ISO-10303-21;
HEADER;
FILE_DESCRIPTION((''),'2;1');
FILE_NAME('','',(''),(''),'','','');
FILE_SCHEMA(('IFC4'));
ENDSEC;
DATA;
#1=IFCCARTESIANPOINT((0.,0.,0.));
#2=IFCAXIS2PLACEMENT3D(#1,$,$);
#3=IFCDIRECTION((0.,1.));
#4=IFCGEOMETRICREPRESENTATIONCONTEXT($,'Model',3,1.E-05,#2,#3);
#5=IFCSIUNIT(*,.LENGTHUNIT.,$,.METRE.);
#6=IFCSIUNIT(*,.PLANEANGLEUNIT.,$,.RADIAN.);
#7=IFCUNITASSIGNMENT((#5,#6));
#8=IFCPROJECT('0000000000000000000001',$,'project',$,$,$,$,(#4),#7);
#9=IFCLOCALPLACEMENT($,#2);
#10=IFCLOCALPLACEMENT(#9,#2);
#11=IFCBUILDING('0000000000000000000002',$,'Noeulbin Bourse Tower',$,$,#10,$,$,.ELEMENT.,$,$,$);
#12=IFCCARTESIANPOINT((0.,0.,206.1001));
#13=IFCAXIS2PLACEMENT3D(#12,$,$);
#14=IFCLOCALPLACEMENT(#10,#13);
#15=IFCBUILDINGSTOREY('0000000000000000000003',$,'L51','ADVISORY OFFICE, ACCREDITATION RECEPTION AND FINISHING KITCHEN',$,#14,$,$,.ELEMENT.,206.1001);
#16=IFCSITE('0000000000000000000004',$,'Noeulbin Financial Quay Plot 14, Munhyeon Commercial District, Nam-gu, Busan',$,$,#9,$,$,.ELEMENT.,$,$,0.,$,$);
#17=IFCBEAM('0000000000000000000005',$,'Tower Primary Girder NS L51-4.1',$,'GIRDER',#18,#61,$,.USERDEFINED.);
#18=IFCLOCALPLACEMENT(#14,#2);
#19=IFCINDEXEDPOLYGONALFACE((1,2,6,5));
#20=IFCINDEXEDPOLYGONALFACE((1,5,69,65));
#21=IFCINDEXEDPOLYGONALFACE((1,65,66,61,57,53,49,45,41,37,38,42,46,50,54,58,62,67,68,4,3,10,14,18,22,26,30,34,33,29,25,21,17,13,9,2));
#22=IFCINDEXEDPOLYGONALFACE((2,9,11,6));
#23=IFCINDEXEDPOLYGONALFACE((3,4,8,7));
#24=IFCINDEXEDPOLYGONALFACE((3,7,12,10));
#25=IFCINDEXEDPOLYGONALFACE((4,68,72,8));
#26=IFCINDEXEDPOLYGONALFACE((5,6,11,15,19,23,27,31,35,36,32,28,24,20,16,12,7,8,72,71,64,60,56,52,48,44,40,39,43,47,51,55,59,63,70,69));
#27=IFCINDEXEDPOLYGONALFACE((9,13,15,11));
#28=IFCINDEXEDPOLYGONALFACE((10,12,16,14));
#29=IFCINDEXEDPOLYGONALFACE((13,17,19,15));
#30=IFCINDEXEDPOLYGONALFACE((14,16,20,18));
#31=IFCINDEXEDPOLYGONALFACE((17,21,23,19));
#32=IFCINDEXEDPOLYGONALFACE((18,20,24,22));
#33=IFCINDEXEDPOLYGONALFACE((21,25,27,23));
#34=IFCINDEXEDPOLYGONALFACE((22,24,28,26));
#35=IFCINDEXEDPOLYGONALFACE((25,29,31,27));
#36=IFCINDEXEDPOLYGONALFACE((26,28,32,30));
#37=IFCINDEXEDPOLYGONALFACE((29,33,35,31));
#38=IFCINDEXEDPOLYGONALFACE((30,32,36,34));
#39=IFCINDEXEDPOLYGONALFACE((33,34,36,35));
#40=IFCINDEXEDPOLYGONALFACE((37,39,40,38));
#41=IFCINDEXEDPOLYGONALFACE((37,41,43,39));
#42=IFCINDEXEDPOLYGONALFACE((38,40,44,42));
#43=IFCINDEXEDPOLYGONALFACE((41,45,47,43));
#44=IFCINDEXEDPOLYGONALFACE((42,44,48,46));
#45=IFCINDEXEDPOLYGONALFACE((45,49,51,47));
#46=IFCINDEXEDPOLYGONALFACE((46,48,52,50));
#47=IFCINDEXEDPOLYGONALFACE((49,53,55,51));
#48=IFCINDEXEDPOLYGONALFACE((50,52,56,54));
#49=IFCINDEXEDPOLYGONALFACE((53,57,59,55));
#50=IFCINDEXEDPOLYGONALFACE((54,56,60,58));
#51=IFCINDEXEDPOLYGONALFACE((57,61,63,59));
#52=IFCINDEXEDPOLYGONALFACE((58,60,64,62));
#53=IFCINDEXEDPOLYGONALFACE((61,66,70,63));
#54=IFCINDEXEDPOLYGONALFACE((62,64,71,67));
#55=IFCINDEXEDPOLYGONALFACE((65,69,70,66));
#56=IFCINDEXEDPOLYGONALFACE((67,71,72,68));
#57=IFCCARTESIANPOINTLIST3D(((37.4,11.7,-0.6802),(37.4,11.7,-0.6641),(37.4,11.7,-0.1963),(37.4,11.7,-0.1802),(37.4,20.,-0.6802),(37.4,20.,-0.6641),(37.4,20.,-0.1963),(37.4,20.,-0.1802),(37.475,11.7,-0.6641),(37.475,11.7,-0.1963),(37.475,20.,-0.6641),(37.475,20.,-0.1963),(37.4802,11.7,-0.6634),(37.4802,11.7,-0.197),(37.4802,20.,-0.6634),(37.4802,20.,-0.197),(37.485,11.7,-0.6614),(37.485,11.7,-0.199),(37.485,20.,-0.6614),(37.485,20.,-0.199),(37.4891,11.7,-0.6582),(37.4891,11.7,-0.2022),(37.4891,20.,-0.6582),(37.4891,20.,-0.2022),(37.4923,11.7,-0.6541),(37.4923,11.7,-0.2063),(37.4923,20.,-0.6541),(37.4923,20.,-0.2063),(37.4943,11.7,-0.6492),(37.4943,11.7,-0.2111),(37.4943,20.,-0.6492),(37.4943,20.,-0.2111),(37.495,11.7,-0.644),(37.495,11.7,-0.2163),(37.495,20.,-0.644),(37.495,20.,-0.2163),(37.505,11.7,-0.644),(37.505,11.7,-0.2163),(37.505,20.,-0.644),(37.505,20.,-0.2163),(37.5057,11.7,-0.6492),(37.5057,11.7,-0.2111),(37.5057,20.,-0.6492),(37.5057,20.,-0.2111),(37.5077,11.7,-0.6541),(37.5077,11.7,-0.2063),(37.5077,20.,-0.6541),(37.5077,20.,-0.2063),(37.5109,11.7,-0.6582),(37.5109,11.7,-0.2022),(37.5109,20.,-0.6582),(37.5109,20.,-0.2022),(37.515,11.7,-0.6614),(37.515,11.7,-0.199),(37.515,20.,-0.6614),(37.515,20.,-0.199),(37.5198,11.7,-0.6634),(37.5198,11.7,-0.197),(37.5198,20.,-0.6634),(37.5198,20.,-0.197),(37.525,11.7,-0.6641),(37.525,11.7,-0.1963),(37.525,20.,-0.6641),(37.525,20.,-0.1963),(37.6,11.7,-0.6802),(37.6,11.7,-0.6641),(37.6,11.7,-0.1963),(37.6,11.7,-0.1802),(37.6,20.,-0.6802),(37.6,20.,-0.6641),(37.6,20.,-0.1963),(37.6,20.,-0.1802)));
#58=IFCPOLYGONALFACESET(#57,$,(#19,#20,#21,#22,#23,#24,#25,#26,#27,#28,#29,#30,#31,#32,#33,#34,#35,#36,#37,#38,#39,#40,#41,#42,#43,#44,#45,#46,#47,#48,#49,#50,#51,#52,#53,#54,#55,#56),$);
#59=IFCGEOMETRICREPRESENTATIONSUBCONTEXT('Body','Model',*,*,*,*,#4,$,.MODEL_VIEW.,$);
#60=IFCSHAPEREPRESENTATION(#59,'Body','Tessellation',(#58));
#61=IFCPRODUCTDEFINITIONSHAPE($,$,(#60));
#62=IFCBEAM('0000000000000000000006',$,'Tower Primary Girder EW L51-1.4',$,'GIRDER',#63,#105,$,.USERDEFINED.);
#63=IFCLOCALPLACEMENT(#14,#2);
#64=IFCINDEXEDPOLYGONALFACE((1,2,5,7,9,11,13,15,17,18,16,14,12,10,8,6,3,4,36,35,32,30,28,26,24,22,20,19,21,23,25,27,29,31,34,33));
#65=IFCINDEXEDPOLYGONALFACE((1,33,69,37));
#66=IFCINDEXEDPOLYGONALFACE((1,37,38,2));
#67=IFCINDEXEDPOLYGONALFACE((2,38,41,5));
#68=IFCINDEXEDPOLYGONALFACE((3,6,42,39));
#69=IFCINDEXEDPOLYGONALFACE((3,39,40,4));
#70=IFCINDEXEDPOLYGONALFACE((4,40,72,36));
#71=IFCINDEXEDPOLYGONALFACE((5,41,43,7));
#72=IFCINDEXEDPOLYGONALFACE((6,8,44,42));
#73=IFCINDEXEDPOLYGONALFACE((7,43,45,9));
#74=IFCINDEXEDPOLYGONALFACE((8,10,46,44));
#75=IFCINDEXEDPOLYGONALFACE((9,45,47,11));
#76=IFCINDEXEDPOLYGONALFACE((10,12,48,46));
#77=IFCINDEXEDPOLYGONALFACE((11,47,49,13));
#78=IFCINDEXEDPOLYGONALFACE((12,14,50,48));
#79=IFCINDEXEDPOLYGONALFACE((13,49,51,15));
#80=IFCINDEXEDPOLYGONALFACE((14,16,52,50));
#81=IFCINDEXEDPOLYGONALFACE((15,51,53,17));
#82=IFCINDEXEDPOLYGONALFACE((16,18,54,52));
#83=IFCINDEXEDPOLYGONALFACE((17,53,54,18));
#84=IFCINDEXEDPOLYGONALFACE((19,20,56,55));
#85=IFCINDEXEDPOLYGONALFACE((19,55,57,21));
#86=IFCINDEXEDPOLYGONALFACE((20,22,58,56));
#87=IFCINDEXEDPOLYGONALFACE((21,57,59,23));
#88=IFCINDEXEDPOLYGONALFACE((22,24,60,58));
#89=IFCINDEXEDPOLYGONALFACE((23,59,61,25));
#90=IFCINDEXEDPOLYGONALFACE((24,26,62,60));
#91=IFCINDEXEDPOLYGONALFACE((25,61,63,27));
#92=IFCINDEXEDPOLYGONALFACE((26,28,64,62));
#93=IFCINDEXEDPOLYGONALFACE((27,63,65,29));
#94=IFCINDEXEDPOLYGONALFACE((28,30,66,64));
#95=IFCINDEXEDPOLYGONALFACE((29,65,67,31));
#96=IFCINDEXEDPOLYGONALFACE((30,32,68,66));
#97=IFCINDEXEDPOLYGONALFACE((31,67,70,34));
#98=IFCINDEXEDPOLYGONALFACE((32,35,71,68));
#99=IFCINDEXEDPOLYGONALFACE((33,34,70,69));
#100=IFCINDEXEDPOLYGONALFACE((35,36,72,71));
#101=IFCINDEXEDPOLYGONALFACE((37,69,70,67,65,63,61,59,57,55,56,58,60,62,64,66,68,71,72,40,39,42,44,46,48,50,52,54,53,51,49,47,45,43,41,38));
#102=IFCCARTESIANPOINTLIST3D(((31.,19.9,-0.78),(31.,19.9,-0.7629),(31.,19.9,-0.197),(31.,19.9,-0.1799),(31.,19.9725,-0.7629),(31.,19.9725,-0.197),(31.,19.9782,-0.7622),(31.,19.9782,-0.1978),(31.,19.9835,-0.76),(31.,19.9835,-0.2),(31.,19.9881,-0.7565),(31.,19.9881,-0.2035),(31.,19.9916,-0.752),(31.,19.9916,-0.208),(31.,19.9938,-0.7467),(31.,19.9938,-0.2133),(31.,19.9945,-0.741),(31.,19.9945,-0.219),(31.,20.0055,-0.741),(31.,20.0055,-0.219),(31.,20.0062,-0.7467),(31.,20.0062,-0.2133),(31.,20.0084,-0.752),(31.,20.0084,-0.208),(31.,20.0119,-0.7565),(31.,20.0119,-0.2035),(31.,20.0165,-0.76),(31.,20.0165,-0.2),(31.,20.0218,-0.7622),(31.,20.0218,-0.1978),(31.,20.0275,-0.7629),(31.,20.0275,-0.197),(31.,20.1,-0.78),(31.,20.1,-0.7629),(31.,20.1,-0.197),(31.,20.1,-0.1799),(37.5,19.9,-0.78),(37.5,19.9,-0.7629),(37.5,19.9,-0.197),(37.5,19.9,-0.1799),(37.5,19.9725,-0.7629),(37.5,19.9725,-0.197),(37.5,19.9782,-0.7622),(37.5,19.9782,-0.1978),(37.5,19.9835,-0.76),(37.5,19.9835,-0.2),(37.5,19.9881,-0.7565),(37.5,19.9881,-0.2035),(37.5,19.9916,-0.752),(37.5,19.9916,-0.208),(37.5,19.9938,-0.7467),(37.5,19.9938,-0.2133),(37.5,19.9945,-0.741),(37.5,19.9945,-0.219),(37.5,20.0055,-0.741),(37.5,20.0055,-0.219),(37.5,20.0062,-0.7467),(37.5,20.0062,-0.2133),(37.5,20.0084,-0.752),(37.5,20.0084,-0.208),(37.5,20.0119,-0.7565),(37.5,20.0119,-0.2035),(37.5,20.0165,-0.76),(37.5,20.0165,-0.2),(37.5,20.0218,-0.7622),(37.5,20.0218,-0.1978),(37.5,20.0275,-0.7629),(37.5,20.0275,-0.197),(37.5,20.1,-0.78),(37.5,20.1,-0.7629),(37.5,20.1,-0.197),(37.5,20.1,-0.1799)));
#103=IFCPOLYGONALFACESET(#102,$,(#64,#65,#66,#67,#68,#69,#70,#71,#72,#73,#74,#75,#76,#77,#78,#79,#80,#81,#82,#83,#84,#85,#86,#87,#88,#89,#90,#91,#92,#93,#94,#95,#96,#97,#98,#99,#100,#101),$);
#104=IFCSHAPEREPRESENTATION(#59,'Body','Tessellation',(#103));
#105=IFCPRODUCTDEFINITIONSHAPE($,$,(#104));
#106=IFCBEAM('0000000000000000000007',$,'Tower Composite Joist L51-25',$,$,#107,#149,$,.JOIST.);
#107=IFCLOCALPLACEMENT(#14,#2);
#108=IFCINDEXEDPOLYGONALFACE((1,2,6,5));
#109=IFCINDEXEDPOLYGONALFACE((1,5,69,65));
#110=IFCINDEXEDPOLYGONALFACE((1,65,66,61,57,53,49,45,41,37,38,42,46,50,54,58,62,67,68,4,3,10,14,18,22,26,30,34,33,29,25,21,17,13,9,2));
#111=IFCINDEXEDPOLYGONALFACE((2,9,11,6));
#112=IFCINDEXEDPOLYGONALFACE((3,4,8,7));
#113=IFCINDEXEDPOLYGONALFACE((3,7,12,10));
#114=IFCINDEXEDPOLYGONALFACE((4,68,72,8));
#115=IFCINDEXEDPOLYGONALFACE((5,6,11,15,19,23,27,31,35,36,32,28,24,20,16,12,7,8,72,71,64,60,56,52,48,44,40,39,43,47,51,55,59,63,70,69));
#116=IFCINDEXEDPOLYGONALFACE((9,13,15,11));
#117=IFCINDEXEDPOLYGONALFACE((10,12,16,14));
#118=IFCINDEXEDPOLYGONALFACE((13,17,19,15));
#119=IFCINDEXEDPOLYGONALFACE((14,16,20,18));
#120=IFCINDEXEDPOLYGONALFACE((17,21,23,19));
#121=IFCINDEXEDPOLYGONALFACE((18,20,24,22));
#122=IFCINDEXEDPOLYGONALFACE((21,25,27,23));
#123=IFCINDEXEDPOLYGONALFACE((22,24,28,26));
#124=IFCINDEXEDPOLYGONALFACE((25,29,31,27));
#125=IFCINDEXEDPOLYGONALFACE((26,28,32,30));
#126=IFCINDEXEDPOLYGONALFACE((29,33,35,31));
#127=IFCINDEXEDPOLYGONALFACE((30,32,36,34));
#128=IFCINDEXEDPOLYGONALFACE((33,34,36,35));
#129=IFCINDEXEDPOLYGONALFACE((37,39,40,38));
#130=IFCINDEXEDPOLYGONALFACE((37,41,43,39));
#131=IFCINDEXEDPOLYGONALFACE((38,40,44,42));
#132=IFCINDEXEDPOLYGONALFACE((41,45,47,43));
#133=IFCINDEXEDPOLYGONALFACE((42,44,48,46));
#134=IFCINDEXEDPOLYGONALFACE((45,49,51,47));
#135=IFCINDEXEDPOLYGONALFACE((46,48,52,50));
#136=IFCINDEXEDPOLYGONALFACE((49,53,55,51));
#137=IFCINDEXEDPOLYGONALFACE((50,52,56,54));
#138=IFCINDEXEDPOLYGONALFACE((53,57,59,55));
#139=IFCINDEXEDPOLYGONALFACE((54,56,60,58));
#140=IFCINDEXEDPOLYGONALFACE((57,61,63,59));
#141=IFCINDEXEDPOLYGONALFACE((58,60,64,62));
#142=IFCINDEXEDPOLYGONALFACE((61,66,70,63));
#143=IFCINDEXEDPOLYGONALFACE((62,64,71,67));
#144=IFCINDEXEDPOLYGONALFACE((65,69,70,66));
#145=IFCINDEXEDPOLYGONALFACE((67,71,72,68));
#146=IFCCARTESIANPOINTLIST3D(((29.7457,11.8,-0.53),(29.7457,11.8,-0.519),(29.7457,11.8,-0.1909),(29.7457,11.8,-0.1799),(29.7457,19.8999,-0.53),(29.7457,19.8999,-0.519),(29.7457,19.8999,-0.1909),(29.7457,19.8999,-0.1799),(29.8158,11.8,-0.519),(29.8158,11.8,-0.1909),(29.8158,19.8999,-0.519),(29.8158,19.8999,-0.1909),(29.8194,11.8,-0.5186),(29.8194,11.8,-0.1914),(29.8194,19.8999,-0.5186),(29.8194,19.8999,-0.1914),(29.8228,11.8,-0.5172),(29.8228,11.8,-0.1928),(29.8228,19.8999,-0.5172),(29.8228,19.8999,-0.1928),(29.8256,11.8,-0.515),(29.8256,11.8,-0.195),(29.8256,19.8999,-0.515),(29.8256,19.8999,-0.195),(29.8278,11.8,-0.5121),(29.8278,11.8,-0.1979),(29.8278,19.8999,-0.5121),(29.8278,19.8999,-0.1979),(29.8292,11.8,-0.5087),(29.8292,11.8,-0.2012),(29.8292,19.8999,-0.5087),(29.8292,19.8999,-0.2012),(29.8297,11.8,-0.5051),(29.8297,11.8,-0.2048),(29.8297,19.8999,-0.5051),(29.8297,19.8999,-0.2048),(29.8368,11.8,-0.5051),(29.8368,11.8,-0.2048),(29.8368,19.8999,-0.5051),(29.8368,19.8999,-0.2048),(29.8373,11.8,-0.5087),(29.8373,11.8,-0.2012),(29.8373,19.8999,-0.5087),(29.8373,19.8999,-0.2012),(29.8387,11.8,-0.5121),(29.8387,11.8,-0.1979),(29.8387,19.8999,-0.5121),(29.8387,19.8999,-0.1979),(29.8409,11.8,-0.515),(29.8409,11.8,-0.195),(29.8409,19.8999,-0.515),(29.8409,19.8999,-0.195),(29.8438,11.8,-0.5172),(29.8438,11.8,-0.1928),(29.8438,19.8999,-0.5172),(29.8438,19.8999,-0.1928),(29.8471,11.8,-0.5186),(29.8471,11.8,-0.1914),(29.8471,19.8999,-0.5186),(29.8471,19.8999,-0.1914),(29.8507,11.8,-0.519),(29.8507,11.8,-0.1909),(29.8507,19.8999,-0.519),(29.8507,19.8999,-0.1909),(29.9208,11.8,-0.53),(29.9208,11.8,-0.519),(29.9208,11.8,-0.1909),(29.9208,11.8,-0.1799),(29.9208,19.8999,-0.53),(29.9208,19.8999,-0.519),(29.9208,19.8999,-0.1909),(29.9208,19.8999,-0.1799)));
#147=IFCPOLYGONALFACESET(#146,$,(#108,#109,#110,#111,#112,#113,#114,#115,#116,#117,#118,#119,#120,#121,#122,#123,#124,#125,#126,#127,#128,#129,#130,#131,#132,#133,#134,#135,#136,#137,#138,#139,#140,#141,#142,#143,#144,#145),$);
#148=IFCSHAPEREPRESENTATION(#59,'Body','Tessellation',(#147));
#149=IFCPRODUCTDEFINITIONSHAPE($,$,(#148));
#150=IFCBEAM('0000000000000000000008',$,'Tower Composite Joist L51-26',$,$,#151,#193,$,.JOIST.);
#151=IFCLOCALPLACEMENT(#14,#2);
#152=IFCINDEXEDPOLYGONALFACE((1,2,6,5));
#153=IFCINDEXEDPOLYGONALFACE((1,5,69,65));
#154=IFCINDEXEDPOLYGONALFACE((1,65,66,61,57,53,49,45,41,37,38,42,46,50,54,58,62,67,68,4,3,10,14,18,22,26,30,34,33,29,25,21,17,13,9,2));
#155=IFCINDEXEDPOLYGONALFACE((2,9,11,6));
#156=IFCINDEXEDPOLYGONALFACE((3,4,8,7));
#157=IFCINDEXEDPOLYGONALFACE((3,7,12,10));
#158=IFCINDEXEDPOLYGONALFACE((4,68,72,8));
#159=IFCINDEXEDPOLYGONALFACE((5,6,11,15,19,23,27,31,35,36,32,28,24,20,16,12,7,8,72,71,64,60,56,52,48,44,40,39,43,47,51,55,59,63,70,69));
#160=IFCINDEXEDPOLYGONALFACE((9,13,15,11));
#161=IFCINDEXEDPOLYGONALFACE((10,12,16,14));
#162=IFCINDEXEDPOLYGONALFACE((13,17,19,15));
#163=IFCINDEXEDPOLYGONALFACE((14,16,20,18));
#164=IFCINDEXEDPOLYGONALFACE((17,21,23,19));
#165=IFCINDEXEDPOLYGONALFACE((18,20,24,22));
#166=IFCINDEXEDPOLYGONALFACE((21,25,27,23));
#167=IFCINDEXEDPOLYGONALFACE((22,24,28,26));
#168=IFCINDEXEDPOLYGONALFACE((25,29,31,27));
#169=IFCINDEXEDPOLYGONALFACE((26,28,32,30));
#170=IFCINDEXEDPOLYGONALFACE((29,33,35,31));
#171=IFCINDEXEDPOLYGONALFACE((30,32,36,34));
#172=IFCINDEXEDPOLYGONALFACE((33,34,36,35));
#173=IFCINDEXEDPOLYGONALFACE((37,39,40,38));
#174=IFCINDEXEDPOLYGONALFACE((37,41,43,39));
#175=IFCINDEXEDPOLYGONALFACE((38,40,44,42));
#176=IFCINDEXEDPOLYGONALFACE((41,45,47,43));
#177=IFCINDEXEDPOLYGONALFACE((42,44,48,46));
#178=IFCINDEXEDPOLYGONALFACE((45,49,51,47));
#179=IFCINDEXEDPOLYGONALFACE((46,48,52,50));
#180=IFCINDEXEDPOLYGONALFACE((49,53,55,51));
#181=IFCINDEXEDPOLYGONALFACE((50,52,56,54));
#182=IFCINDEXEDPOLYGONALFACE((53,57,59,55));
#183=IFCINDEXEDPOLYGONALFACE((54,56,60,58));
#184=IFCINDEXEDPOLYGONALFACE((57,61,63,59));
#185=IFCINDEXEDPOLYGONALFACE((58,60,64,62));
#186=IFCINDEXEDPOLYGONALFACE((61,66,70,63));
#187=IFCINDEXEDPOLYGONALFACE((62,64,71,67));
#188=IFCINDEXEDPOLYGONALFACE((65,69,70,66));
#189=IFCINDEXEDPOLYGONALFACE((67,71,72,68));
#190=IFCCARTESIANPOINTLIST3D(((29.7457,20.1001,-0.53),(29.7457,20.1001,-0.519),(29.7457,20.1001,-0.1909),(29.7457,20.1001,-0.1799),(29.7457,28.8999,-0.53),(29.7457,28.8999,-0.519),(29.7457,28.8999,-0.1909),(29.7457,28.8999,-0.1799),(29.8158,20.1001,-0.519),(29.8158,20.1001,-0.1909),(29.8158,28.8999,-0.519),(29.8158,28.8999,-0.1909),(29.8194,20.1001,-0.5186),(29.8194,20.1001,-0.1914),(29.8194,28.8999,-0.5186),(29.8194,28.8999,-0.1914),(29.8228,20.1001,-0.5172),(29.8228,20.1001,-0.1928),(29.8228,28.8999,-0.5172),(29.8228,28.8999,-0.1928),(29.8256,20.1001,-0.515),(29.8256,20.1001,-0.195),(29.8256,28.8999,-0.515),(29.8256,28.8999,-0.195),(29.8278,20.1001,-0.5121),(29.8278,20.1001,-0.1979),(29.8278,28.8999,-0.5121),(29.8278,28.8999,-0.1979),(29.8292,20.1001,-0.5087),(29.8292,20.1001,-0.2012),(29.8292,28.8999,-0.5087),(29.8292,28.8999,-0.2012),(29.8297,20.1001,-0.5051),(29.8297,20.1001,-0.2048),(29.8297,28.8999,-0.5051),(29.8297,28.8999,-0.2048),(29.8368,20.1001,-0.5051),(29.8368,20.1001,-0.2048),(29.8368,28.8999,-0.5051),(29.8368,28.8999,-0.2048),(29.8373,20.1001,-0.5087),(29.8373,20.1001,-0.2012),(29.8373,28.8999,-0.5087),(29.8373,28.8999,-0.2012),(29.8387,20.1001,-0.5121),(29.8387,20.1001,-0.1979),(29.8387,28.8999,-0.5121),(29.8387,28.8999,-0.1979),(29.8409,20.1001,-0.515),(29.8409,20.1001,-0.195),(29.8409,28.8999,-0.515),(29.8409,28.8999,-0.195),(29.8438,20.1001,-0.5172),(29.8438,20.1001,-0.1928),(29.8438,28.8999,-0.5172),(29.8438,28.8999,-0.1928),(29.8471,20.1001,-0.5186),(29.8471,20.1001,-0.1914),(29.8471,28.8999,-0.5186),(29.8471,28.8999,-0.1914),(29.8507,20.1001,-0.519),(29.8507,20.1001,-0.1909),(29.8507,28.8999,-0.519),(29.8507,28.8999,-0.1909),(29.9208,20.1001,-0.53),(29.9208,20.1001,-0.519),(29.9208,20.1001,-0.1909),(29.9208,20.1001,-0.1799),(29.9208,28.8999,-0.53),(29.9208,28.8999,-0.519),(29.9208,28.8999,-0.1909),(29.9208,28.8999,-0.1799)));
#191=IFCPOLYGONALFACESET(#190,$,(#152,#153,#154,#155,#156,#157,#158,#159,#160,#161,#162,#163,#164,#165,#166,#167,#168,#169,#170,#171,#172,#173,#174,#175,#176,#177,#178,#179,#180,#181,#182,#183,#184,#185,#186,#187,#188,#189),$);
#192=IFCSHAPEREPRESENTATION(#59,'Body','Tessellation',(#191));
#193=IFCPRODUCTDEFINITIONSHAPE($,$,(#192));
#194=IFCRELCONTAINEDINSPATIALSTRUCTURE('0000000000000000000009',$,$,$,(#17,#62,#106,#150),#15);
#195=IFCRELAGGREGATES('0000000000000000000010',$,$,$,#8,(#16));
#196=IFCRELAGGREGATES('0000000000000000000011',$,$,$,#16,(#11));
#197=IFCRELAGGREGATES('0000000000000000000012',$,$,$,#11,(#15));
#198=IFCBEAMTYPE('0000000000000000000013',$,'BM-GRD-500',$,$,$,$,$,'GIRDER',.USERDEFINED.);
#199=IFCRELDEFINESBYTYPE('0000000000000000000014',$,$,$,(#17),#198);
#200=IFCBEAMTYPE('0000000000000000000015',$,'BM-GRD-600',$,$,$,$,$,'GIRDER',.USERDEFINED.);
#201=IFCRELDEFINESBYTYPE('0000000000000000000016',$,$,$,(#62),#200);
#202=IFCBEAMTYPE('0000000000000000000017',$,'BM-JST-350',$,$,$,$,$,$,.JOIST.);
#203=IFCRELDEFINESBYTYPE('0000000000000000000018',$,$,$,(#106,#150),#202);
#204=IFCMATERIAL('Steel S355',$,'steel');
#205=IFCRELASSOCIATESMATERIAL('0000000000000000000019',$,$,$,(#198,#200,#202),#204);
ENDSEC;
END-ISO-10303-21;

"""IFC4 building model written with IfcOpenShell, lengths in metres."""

from ifc_helpers import new_model, si_unit, direction, frame, origin, origin_2d, place, context, subcontext, project, spatial, i_section, extrude, material, material_profile, profile_set, type_object, element, save


model = new_model("IFC4")

# Units and contexts
model_context = context("Model", 3, precision=1e-05, world=origin(), true_north=direction((0.0, 1.0)))
body_context = subcontext(model_context, "Body", "Model", "MODEL_VIEW")
ifc_project = project(units=[si_unit("LENGTHUNIT", "METRE"), si_unit("PLANEANGLEUNIT", "RADIAN")], contexts=[model_context])

# Site, building, storey
site_placement = place(None, origin())
site = spatial("IfcSite", under=ifc_project, at=site_placement, Name="Noeulbin Financial Quay Plot 14, Munhyeon Commercial District, Nam-gu, Busan", CompositionType="ELEMENT", RefElevation=0.0)
building_placement = place(site_placement, origin())
building = spatial("IfcBuilding", under=site, at=building_placement, Name="Noeulbin Bourse Tower", CompositionType="ELEMENT")
storey_placement = place(building_placement, frame((0.0, 0.0, 206.1001)))
storey = spatial("IfcBuildingStorey", under=building, at=storey_placement, Name="L51", Description="ADVISORY OFFICE, ACCREDITATION RECEPTION AND FINISHING KITCHEN", CompositionType="ELEMENT", Elevation=206.1001)

# Shared definitions
ifc_material_1 = material(Name="Steel S355", Category="steel")

# Beams
ifc_material_profile_1 = material_profile(ifc_material_1, i_section(OverallWidth=0.2, OverallDepth=0.5, WebThickness=0.01, FlangeThickness=0.0161, FilletRadius=0.02, at=origin_2d()), Name="H-500x200x10x16", Category="LoadBearing")
ifc_profile_set_1 = profile_set([ifc_material_profile_1], Name="Steel S355")
beam_type_1 = type_object("IfcBeamType", Name="BM-GRD-500", ElementType="GIRDER", PredefinedType="USERDEFINED", material=ifc_profile_set_1)
beam_1_placement = place(storey_placement, frame((37.5, 11.7, -0.4302), z_axis=(0.0, 1.0, 0.0), x_axis=(-1.0, 0.0, 0.0)))
element("IfcBeam", 1, at=beam_1_placement, inside=storey, type_object=beam_type_1, Name="Tower Primary Girder NS L51-4.1", ObjectType="GIRDER", PredefinedType="USERDEFINED", context=body_context, shape_type="SweptSolid", body=[
    extrude(i_section(OverallWidth=0.2, OverallDepth=0.5, WebThickness=0.01, FlangeThickness=0.0161, FilletRadius=0.02, at=origin_2d()), origin(), (0.0, 0.0, 1.0), 8.3),
])
ifc_material_profile_2 = material_profile(ifc_material_1, i_section(OverallWidth=0.2, OverallDepth=0.6001, WebThickness=0.011, FlangeThickness=0.0171, FilletRadius=0.022, at=origin_2d()), Name="H-600x200x11x17", Category="LoadBearing")
ifc_profile_set_2 = profile_set([ifc_material_profile_2], Name="Steel S355")
beam_type_2 = type_object("IfcBeamType", Name="BM-GRD-600", ElementType="GIRDER", PredefinedType="USERDEFINED", material=ifc_profile_set_2)
beam_2_placement = place(storey_placement, frame((31.0, 20.0, -0.48), z_axis=(1.0, 0.0, 0.0), x_axis=(0.0, 1.0, 0.0)))
element("IfcBeam", 2, at=beam_2_placement, inside=storey, type_object=beam_type_2, Name="Tower Primary Girder EW L51-1.4", ObjectType="GIRDER", PredefinedType="USERDEFINED", context=body_context, shape_type="SweptSolid", body=[
    extrude(i_section(OverallWidth=0.2, OverallDepth=0.6001, WebThickness=0.011, FlangeThickness=0.0171, FilletRadius=0.022, at=origin_2d()), origin(), (0.0, 0.0, 1.0), 6.5),
])
ifc_material_profile_3 = material_profile(ifc_material_1, i_section(OverallWidth=0.175, OverallDepth=0.3501, WebThickness=0.0071, FlangeThickness=0.011, FilletRadius=0.0139, at=origin_2d()), Name="H-350x175x7x11", Category="LoadBearing")
ifc_profile_set_3 = profile_set([ifc_material_profile_3], Name="Steel S355")
beam_type_3 = type_object("IfcBeamType", Name="BM-JST-350", PredefinedType="JOIST", material=ifc_profile_set_3)
beam_3_placement = place(storey_placement, frame((29.8333, 11.8, -0.355), z_axis=(0.0, 1.0, 0.0), x_axis=(-1.0, 0.0, 0.0)))
element("IfcBeam", 3, at=beam_3_placement, inside=storey, type_object=beam_type_3, Name="Tower Composite Joist L51-25", PredefinedType="JOIST", context=body_context, shape_type="SweptSolid", body=[
    extrude(i_section(OverallWidth=0.175, OverallDepth=0.3501, WebThickness=0.0071, FlangeThickness=0.011, FilletRadius=0.0139, at=origin_2d()), origin(), (0.0, 0.0, 1.0), 8.0999),
])
beam_4_placement = place(storey_placement, frame((29.8333, 20.1001, -0.355), z_axis=(0.0, 1.0, 0.0), x_axis=(-1.0, 0.0, 0.0)))
element("IfcBeam", 4, at=beam_4_placement, inside=storey, type_object=beam_type_3, Name="Tower Composite Joist L51-26", PredefinedType="JOIST", context=body_context, shape_type="SweptSolid", body=[
    extrude(i_section(OverallWidth=0.175, OverallDepth=0.3501, WebThickness=0.0071, FlangeThickness=0.011, FilletRadius=0.0139, at=origin_2d()), origin(), (0.0, 0.0, 1.0), 8.7998),
])

save(model, "model.ifc")
